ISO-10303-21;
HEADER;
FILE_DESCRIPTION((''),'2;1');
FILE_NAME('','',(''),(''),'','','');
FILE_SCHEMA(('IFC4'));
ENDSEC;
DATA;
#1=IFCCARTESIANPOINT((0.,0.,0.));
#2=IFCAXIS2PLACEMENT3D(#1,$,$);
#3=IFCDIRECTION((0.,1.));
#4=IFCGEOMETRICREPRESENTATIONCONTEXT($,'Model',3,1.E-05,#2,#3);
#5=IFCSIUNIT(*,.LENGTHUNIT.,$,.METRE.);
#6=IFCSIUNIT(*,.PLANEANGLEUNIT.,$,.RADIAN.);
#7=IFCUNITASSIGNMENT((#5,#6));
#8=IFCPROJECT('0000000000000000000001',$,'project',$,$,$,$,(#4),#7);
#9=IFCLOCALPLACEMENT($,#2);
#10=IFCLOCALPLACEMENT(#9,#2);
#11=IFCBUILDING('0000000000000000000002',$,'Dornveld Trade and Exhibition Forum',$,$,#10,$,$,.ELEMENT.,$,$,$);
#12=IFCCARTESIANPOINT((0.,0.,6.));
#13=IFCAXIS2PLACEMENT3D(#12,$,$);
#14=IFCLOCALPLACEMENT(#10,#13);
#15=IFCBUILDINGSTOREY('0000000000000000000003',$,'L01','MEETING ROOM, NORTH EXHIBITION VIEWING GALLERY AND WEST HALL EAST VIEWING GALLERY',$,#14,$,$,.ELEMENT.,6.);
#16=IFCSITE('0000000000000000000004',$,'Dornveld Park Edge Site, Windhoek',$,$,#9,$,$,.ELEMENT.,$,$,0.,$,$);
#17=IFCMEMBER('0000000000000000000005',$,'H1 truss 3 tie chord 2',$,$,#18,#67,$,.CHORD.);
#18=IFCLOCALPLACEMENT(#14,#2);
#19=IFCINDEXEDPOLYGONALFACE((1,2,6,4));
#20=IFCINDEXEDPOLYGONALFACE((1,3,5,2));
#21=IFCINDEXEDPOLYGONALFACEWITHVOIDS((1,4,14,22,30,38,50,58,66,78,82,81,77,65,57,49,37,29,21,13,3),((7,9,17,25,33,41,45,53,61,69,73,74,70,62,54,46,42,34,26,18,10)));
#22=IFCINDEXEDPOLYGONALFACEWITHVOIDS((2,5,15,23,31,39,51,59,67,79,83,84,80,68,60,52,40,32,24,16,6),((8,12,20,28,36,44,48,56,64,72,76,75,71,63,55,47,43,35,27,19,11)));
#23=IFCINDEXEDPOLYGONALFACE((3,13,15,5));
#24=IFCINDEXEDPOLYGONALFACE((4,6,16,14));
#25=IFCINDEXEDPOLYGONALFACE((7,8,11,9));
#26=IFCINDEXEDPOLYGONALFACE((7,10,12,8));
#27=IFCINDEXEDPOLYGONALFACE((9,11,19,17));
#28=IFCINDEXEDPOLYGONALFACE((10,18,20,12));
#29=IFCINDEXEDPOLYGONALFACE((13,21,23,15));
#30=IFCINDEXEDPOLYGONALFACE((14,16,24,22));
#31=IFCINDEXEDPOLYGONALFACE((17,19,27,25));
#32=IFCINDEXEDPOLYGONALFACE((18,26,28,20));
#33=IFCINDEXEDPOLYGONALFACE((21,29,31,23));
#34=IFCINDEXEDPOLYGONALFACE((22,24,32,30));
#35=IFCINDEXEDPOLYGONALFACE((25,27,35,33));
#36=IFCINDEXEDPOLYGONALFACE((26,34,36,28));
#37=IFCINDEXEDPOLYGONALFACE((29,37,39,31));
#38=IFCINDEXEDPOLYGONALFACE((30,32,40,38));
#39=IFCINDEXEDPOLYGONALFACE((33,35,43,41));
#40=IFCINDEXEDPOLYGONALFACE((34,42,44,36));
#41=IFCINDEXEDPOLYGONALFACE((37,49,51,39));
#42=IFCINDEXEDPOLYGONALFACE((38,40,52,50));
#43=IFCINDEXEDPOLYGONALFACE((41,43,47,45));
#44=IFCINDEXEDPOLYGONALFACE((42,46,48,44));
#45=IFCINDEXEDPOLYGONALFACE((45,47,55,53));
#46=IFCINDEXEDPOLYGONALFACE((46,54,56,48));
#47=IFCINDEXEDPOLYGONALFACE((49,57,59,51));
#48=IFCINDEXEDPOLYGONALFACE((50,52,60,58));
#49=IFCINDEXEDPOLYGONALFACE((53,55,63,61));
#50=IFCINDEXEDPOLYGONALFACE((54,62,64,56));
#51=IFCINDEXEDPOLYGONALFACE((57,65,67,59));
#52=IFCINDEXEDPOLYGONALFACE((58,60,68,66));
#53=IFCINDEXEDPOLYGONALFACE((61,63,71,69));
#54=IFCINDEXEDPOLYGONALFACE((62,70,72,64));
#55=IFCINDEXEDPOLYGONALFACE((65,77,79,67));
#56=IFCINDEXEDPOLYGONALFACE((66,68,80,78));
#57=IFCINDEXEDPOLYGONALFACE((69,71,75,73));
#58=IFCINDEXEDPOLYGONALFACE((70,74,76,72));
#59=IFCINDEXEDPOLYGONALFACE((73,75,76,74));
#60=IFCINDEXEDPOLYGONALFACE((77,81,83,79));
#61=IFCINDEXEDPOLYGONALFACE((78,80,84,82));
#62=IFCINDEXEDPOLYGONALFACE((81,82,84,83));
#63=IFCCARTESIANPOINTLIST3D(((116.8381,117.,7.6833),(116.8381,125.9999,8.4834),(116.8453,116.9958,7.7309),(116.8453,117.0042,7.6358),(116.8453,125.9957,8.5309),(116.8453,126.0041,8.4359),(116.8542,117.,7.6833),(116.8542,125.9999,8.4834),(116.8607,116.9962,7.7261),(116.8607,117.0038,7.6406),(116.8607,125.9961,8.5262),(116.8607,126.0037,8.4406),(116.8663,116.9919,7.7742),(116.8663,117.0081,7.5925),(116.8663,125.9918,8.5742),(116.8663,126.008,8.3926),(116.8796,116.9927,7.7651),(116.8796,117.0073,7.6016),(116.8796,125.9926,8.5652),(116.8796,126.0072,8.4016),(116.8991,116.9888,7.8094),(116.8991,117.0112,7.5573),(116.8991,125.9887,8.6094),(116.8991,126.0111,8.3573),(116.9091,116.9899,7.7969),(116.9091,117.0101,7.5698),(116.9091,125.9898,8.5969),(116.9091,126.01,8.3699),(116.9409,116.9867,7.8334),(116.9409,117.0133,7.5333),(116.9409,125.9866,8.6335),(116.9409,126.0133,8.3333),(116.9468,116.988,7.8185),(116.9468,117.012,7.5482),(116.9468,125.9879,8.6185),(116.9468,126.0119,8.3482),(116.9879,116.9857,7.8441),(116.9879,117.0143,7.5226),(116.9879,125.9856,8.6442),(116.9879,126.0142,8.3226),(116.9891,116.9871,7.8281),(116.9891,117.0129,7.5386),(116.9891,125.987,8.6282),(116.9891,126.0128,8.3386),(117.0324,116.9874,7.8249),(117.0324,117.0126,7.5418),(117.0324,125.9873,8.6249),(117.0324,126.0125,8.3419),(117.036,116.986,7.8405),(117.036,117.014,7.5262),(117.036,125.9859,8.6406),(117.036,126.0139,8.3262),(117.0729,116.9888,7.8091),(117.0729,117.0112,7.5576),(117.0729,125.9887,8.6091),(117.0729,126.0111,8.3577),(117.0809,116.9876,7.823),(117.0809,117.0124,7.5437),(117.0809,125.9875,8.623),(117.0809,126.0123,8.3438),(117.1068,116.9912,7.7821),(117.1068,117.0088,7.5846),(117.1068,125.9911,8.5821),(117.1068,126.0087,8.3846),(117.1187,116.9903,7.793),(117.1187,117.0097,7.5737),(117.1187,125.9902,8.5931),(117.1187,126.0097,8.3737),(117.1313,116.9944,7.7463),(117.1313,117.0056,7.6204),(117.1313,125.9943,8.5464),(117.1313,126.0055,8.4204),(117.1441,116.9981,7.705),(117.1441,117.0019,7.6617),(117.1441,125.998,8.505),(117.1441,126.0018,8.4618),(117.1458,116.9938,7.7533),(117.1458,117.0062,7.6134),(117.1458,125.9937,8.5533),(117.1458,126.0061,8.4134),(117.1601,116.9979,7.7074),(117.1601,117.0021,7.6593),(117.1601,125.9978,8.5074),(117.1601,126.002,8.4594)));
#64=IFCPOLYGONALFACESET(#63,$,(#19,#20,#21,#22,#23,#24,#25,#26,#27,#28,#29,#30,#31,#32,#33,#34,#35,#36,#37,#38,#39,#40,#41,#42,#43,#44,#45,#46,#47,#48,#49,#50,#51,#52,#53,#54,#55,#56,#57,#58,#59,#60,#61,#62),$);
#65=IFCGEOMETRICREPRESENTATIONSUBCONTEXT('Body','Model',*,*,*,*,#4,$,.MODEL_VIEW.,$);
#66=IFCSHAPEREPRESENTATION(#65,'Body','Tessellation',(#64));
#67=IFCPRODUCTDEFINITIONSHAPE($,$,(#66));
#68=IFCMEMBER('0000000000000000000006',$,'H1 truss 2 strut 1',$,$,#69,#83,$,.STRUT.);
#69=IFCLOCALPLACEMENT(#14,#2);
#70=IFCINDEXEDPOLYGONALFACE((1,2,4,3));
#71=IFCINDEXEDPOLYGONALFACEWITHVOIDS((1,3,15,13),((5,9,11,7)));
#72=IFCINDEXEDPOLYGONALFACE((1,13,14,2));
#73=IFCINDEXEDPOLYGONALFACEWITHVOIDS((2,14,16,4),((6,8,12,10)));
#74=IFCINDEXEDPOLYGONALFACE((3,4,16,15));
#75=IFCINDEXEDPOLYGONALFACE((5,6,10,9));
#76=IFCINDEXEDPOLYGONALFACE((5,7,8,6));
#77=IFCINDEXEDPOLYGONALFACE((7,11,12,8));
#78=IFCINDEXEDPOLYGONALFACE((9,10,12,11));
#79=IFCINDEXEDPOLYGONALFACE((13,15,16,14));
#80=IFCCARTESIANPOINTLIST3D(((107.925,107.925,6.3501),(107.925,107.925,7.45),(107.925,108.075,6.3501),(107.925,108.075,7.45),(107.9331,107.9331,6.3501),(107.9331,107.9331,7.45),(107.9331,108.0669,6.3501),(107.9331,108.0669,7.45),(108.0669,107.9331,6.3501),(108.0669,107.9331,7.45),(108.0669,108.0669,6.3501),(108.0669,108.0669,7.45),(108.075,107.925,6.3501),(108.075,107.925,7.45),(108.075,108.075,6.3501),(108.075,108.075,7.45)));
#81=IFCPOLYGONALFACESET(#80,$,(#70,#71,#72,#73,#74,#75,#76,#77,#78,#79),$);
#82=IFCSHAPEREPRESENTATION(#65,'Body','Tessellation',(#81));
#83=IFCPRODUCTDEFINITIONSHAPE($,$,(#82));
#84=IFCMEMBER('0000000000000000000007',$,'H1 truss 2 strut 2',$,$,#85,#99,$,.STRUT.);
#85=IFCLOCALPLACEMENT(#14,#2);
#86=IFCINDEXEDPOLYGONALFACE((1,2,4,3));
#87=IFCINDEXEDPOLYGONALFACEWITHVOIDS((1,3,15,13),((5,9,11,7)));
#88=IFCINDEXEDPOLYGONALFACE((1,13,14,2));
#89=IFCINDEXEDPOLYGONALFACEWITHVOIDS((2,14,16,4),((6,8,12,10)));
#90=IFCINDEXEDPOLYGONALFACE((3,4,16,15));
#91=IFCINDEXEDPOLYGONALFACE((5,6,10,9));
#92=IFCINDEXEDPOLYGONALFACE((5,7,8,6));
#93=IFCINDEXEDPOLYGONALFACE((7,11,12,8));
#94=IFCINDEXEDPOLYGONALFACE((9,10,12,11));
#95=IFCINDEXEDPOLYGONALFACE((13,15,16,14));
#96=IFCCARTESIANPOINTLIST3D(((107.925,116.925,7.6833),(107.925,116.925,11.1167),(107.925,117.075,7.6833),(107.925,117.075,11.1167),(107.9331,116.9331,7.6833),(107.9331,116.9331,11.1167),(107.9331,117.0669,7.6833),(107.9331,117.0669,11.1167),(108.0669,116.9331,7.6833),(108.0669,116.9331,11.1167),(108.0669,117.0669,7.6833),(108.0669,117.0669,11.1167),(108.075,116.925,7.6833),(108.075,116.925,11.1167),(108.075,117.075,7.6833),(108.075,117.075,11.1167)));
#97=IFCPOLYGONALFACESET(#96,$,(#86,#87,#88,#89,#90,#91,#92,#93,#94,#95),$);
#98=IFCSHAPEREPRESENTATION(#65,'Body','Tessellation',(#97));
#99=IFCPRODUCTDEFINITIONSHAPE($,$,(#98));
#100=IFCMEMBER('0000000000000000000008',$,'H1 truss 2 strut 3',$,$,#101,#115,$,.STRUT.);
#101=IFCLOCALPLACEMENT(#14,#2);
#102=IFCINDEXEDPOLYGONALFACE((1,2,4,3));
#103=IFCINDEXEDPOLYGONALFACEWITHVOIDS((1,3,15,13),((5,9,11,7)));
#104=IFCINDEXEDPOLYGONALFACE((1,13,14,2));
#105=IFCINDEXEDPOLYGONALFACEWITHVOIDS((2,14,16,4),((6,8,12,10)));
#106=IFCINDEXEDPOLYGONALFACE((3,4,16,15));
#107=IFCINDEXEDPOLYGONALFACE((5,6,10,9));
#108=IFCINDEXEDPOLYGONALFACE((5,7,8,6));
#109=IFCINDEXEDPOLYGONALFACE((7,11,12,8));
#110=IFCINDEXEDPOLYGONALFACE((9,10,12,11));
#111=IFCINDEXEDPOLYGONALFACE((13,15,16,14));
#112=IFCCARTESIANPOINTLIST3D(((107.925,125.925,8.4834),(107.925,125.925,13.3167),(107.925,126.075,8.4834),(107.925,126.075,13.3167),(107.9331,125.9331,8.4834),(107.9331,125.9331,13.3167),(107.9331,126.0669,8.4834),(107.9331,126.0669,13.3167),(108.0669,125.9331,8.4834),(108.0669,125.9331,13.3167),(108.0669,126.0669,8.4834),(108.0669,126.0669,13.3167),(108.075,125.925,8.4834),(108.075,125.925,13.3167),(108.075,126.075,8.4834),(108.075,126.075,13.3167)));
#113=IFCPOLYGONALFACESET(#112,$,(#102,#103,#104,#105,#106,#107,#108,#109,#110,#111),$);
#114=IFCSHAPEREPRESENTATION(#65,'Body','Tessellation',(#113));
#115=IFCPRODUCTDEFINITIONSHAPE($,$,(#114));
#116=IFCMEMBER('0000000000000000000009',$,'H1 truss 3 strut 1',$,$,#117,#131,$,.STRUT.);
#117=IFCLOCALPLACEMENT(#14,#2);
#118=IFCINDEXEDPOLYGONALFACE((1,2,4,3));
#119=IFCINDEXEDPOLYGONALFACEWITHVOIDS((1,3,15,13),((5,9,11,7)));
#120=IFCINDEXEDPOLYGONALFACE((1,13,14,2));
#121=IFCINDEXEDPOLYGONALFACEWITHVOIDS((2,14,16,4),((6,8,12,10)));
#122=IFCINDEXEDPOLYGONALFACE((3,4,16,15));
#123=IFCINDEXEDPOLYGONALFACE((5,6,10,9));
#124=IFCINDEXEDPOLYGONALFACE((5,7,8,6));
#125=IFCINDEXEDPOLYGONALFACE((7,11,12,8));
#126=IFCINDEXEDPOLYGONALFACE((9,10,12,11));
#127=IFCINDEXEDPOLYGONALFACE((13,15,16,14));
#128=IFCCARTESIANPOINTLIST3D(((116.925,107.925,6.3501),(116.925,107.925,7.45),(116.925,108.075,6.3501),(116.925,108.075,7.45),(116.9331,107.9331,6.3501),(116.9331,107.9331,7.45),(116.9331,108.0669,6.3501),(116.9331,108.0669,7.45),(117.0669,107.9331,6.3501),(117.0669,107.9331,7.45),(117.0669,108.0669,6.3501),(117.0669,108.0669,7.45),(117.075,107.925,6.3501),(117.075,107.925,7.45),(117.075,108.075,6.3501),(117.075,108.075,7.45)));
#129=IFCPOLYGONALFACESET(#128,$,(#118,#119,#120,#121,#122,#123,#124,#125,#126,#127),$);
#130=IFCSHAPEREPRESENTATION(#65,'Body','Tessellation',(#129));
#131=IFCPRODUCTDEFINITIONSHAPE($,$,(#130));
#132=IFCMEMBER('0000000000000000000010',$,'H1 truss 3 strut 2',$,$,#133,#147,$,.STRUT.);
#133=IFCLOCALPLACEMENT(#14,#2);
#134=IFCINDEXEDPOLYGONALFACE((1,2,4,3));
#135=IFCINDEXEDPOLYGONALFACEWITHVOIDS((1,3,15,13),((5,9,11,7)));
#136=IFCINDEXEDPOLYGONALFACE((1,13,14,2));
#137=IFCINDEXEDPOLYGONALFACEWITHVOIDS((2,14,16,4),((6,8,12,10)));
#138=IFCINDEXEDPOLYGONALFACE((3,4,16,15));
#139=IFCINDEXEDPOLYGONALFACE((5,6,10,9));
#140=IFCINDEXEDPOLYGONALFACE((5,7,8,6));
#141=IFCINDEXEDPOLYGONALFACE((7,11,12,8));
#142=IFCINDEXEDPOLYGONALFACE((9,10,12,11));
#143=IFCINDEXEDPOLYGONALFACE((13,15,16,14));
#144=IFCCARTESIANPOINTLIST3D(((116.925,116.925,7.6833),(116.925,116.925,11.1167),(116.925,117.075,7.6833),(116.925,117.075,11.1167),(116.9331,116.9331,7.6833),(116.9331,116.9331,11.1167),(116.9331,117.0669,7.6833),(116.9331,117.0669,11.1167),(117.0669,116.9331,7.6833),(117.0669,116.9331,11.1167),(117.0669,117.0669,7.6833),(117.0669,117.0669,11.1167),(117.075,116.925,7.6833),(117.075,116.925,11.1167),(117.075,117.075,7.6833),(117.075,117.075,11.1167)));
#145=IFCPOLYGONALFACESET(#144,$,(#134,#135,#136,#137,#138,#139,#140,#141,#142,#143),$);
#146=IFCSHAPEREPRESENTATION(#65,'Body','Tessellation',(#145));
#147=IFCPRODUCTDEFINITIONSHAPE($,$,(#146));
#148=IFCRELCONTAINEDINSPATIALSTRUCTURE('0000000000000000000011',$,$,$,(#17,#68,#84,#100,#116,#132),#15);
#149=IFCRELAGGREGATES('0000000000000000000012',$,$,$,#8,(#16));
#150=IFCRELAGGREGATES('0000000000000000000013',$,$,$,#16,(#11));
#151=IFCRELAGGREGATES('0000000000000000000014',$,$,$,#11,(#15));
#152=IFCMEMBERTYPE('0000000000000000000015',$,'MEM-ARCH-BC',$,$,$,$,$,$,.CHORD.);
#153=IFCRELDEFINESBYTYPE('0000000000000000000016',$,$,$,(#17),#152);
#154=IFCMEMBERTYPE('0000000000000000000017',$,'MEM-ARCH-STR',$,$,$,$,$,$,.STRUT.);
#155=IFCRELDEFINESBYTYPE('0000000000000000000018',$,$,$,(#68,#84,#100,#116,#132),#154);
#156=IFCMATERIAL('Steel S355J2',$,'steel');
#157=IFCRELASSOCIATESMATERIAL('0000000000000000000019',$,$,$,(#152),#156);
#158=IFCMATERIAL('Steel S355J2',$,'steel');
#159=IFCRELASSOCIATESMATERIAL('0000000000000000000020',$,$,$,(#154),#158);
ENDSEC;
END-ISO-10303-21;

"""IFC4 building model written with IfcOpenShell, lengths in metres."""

from ifc_helpers import new_model, si_unit, direction, frame, origin, origin_2d, place, context, subcontext, project, spatial, hollow_rectangle, hollow_circle, extrude, material, material_profile, profile_set, type_object, element, save


model = new_model("IFC4")

# Units and contexts
model_context = context("Model", 3, precision=1e-05, world=origin(), true_north=direction((0.0, 1.0)))
body_context = subcontext(model_context, "Body", "Model", "MODEL_VIEW")
ifc_project = project(units=[si_unit("LENGTHUNIT", "METRE"), si_unit("PLANEANGLEUNIT", "RADIAN")], contexts=[model_context])

# Site, building, storey
site_placement = place(None, origin())
site = spatial("IfcSite", under=ifc_project, at=site_placement, Name="Dornveld Park Edge Site, Windhoek", CompositionType="ELEMENT", RefElevation=0.0)
building_placement = place(site_placement, origin())
building = spatial("IfcBuilding", under=site, at=building_placement, Name="Dornveld Trade and Exhibition Forum", CompositionType="ELEMENT")
storey_placement = place(building_placement, frame((0.0, 0.0, 6.0)))
storey = spatial("IfcBuildingStorey", under=building, at=storey_placement, Name="L01", Description="MEETING ROOM, NORTH EXHIBITION VIEWING GALLERY AND WEST HALL EAST VIEWING GALLERY", CompositionType="ELEMENT", Elevation=6.0)

# Members
ifc_material_1 = material(Name="Steel S355J2", Category="steel")
ifc_material_profile_1 = material_profile(ifc_material_1, hollow_circle(Radius=0.1619, WallThickness=0.0161, at=origin_2d()), Name="CHS 323.9x16")
ifc_profile_set_1 = profile_set([ifc_material_profile_1], Name="Steel S355J2")
member_type_1 = type_object("IfcMemberType", Name="MEM-ARCH-BC", PredefinedType="CHORD", material=ifc_profile_set_1)
member_1_placement = place(storey_placement, frame((117.0, 117.0, 7.6833), z_axis=(0.0, 0.996072, 0.088545), x_axis=(-1.0, 0.0, 0.0)))
element("IfcMember", 1, at=member_1_placement, inside=storey, type_object=member_type_1, Name="H1 truss 3 tie chord 2", PredefinedType="CHORD", context=body_context, shape_type="SweptSolid", body=[
    extrude(hollow_circle(Radius=0.1619, WallThickness=0.0161, at=origin_2d()), origin(), (0.0, 0.0, 1.0), 9.0354),
])
ifc_material_2 = material(Name="Steel S355J2", Category="steel")
ifc_material_profile_2 = material_profile(ifc_material_2, hollow_rectangle(XDim=0.1499, YDim=0.1499, WallThickness=0.0081, at=origin_2d()), Name="SHS 150x150x8")
ifc_profile_set_2 = profile_set([ifc_material_profile_2], Name="Steel S355J2")
member_type_2 = type_object("IfcMemberType", Name="MEM-ARCH-STR", PredefinedType="STRUT", material=ifc_profile_set_2)
member_2_placement = place(storey_placement, frame((108.0, 108.0, 6.3501), z_axis=(0.0, 0.0, 1.0), x_axis=(1.0, 0.0, 0.0)))
element("IfcMember", 2, at=member_2_placement, inside=storey, type_object=member_type_2, Name="H1 truss 2 strut 1", PredefinedType="STRUT", context=body_context, shape_type="SweptSolid", body=[
    extrude(hollow_rectangle(XDim=0.1499, YDim=0.1499, WallThickness=0.0081, at=origin_2d()), origin(), (0.0, 0.0, 1.0), 1.0999),
])
member_3_placement = place(storey_placement, frame((108.0, 117.0, 7.6833), z_axis=(0.0, 0.0, 1.0), x_axis=(1.0, 0.0, 0.0)))
element("IfcMember", 3, at=member_3_placement, inside=storey, type_object=member_type_2, Name="H1 truss 2 strut 2", PredefinedType="STRUT", context=body_context, shape_type="SweptSolid", body=[
    extrude(hollow_rectangle(XDim=0.1499, YDim=0.1499, WallThickness=0.0081, at=origin_2d()), origin(), (0.0, 0.0, 1.0), 3.4333),
])
member_4_placement = place(storey_placement, frame((108.0, 126.0, 8.4834), z_axis=(0.0, 0.0, 1.0), x_axis=(1.0, 0.0, 0.0)))
element("IfcMember", 4, at=member_4_placement, inside=storey, type_object=member_type_2, Name="H1 truss 2 strut 3", PredefinedType="STRUT", context=body_context, shape_type="SweptSolid", body=[
    extrude(hollow_rectangle(XDim=0.1499, YDim=0.1499, WallThickness=0.0081, at=origin_2d()), origin(), (0.0, 0.0, 1.0), 4.8333),
])
member_5_placement = place(storey_placement, frame((117.0, 108.0, 6.3501), z_axis=(0.0, 0.0, 1.0), x_axis=(1.0, 0.0, 0.0)))
element("IfcMember", 5, at=member_5_placement, inside=storey, type_object=member_type_2, Name="H1 truss 3 strut 1", PredefinedType="STRUT", context=body_context, shape_type="SweptSolid", body=[
    extrude(hollow_rectangle(XDim=0.1499, YDim=0.1499, WallThickness=0.0081, at=origin_2d()), origin(), (0.0, 0.0, 1.0), 1.0999),
])
member_6_placement = place(storey_placement, frame((117.0, 117.0, 7.6833), z_axis=(0.0, 0.0, 1.0), x_axis=(1.0, 0.0, 0.0)))
element("IfcMember", 6, at=member_6_placement, inside=storey, type_object=member_type_2, Name="H1 truss 3 strut 2", PredefinedType="STRUT", context=body_context, shape_type="SweptSolid", body=[
    extrude(hollow_rectangle(XDim=0.1499, YDim=0.1499, WallThickness=0.0081, at=origin_2d()), origin(), (0.0, 0.0, 1.0), 3.4333),
])

save(model, "model.ifc")
